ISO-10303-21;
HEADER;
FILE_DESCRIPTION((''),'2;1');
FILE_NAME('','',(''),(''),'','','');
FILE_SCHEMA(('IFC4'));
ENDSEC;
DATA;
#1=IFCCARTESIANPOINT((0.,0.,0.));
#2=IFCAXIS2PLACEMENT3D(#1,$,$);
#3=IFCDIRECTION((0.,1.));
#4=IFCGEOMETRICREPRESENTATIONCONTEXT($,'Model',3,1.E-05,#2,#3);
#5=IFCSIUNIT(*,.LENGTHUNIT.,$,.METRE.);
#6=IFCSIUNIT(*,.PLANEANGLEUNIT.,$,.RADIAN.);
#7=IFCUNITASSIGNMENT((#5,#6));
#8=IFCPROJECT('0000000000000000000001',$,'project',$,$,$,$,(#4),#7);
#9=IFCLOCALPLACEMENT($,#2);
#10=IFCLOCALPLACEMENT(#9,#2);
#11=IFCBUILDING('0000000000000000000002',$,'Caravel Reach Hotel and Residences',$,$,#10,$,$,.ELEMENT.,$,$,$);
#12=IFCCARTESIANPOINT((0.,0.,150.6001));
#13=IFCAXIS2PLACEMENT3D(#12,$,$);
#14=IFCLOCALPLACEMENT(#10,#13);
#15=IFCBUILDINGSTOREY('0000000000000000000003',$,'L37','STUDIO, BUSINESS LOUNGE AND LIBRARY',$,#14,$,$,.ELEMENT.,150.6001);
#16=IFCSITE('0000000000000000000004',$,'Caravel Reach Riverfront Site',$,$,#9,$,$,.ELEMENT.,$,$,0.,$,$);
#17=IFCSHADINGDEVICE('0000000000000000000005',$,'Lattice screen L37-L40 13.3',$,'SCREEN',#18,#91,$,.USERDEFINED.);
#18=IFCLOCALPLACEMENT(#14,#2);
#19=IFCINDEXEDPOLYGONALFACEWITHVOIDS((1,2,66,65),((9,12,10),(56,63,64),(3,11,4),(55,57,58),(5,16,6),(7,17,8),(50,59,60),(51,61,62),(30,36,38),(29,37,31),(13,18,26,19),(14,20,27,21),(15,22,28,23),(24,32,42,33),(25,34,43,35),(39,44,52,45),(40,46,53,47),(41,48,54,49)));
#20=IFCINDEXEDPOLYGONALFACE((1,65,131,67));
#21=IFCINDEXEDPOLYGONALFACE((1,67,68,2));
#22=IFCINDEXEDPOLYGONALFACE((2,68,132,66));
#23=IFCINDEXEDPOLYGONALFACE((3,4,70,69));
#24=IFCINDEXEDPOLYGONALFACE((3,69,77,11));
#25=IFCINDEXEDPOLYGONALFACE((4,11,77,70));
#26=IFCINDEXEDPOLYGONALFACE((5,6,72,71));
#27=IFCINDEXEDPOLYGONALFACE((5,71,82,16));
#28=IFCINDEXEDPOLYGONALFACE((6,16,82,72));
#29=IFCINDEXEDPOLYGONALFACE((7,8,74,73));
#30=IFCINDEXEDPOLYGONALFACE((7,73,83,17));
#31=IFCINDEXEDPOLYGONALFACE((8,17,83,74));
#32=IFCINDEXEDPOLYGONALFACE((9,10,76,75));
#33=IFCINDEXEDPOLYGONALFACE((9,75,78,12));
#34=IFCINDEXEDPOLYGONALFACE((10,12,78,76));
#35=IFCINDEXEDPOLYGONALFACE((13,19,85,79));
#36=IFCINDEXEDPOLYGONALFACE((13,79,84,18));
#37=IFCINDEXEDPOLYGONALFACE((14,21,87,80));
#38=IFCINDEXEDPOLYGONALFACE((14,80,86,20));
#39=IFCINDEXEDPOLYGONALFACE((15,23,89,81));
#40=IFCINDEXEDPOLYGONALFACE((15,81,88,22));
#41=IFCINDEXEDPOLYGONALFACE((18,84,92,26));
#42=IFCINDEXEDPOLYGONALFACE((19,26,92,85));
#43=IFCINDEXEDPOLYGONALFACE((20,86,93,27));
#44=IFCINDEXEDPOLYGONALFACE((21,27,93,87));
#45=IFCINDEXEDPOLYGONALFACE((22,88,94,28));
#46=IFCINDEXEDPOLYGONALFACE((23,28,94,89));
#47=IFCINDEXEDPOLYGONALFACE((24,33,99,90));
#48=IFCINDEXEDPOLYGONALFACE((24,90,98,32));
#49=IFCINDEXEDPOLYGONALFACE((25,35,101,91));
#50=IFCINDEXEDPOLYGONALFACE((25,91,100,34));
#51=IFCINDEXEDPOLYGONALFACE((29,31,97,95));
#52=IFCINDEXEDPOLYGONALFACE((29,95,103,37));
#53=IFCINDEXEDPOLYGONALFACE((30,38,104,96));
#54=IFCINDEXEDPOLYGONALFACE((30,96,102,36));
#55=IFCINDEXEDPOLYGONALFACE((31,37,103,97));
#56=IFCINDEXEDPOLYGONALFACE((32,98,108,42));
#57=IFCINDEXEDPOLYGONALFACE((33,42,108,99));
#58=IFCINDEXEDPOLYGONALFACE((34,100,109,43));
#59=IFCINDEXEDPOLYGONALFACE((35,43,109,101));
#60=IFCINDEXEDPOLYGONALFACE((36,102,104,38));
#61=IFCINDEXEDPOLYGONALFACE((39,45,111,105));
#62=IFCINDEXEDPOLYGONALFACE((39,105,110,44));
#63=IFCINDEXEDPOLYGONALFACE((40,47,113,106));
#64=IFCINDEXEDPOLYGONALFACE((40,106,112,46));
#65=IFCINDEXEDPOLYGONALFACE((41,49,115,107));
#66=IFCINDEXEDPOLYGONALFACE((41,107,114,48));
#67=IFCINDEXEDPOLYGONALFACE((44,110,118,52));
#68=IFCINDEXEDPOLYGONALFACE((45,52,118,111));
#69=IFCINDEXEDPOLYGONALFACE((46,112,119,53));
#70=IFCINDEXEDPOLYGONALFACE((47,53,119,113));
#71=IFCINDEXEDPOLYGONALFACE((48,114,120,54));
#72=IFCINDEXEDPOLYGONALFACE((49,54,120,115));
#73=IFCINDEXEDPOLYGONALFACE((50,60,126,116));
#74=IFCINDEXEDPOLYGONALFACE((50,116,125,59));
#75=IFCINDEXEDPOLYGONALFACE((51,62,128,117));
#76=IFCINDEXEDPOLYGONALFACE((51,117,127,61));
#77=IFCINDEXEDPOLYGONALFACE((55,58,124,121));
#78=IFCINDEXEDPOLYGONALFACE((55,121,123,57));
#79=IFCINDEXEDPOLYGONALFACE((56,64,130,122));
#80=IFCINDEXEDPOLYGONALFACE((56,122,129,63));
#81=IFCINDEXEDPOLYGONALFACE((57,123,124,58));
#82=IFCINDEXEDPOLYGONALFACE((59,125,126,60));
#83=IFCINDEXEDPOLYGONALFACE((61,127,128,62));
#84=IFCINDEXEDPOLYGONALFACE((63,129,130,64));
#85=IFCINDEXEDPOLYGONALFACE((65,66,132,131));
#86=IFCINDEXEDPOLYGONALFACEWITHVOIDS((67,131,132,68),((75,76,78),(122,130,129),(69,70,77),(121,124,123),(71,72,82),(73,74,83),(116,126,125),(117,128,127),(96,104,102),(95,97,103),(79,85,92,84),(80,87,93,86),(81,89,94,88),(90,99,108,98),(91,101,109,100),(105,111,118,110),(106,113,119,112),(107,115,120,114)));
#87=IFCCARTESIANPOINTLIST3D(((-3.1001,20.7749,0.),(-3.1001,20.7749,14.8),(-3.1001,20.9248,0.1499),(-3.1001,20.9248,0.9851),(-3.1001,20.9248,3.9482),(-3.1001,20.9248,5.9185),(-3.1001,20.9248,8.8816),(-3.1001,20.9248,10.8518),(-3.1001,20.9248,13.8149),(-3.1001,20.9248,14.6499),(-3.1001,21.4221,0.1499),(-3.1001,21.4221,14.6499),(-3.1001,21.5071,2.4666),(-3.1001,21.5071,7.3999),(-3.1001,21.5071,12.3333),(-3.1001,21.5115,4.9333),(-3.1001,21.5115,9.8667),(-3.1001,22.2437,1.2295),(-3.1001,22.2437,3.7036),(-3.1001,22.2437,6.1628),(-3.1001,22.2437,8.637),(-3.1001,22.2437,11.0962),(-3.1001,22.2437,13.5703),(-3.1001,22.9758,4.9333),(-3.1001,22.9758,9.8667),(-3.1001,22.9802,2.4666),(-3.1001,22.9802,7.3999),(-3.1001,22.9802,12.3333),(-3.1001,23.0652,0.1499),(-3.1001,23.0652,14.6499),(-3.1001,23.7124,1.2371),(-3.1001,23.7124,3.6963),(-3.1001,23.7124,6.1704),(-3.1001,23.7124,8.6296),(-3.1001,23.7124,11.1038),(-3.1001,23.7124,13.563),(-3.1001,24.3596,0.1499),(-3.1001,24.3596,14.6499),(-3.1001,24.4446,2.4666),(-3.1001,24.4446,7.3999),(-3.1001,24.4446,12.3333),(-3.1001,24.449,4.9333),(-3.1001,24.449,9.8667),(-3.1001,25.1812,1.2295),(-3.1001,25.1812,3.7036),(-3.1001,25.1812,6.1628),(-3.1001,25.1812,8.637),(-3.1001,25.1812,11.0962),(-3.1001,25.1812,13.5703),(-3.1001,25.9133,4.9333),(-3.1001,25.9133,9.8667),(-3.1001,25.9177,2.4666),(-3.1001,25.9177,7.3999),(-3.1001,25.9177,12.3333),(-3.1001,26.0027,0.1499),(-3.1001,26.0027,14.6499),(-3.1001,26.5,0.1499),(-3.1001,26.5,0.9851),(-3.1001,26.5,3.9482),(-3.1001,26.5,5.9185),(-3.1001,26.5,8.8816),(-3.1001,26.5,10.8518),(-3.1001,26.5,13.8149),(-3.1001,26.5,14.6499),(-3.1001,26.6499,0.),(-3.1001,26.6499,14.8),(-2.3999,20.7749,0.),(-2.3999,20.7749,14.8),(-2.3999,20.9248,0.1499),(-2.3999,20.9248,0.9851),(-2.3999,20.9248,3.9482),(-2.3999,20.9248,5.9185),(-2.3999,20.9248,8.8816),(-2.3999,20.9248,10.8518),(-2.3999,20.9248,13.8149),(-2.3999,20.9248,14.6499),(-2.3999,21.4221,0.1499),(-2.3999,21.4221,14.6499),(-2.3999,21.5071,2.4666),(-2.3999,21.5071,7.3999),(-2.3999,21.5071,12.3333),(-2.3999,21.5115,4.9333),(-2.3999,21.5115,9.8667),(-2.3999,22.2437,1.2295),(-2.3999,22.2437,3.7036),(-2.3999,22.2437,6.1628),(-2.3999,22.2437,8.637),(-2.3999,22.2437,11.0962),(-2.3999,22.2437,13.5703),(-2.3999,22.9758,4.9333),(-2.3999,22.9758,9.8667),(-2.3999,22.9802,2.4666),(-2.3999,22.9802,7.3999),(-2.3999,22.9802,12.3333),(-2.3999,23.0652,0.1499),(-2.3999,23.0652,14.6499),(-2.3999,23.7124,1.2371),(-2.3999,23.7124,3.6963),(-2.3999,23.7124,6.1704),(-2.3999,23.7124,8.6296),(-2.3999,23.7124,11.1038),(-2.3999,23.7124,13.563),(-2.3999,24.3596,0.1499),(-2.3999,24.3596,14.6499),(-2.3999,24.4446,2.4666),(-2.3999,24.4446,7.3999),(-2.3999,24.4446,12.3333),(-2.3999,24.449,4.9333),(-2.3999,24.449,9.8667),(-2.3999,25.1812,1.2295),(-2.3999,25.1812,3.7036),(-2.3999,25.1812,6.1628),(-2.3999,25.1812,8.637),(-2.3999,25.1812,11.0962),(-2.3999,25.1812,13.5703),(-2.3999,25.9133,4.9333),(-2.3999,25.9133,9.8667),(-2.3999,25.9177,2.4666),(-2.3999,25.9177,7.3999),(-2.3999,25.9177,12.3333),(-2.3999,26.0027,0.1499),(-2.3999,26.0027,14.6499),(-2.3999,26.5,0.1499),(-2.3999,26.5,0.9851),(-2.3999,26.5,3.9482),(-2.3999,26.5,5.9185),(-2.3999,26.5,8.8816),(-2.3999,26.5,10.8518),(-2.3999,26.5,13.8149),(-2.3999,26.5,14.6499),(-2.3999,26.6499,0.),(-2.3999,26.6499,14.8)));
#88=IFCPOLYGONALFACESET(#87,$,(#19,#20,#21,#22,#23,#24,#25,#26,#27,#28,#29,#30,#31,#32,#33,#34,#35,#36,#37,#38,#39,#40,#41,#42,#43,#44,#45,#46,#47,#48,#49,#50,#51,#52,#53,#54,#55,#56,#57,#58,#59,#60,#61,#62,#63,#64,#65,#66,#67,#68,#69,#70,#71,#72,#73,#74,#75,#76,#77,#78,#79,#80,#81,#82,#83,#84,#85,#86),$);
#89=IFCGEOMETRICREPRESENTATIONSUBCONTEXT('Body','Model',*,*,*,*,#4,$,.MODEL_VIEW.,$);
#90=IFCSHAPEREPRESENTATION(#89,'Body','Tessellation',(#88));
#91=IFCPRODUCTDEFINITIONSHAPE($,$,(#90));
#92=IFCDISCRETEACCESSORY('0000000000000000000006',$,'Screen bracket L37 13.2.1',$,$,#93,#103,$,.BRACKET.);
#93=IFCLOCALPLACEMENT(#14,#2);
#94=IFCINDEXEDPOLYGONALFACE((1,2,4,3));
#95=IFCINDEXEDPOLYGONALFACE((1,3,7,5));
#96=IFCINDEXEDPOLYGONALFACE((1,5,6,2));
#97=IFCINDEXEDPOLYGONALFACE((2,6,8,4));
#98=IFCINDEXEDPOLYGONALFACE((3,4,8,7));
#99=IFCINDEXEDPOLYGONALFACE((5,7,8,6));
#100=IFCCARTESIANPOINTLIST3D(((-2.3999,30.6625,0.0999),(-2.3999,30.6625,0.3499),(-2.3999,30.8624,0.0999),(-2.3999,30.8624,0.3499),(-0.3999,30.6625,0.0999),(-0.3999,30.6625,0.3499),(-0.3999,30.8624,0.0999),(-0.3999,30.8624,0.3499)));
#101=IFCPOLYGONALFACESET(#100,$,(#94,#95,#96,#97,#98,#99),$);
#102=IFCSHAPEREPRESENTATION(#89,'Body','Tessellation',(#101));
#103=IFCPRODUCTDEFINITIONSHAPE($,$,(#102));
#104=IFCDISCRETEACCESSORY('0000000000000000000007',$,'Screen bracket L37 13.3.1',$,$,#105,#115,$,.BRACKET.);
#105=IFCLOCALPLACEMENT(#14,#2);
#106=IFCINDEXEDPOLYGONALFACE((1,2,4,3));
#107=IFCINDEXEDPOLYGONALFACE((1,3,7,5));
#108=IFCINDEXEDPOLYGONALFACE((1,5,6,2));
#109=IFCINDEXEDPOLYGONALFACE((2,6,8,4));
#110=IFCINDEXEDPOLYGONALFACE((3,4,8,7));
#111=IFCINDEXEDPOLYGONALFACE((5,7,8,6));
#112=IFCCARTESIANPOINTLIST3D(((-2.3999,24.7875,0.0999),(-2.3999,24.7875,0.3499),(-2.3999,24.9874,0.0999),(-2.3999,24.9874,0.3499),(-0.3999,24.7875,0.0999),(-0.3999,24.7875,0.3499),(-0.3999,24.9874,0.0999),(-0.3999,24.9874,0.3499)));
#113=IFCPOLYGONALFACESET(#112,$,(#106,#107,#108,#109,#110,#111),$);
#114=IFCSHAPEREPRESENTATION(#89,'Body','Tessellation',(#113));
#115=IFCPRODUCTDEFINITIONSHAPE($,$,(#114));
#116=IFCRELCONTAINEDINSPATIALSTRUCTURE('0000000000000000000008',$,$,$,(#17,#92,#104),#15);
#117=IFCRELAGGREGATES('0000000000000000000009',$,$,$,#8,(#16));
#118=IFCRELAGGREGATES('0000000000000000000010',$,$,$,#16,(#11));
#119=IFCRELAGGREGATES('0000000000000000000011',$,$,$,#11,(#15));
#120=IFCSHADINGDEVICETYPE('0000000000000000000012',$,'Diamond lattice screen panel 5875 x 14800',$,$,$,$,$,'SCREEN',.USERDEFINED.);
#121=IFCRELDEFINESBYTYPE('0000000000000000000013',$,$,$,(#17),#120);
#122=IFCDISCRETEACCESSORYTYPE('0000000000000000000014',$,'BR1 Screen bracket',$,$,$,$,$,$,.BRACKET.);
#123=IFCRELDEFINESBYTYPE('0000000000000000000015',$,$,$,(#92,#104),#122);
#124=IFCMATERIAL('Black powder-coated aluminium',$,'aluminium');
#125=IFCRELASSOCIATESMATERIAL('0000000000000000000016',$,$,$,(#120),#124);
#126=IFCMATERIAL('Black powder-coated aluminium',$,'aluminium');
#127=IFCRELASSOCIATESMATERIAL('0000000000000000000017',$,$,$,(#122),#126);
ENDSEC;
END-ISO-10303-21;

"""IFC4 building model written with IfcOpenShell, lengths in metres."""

from ifc_helpers import new_model, si_unit, direction, frame, origin, origin_2d, place, context, subcontext, project, spatial, polyline, rectangle, outline, extrude, material, type_object, element, save


model = new_model("IFC4")

# Units and contexts
model_context = context("Model", 3, precision=1e-05, world=origin(), true_north=direction((0.0, 1.0)))
body_context = subcontext(model_context, "Body", "Model", "MODEL_VIEW")
ifc_project = project(units=[si_unit("LENGTHUNIT", "METRE"), si_unit("PLANEANGLEUNIT", "RADIAN")], contexts=[model_context])

# Site, building, storey
site_placement = place(None, origin())
site = spatial("IfcSite", under=ifc_project, at=site_placement, Name="Caravel Reach Riverfront Site", CompositionType="ELEMENT", RefElevation=0.0)
building_placement = place(site_placement, origin())
building = spatial("IfcBuilding", under=site, at=building_placement, Name="Caravel Reach Hotel and Residences", CompositionType="ELEMENT")
storey_placement = place(building_placement, frame((0.0, 0.0, 150.6001)))
storey = spatial("IfcBuildingStorey", under=building, at=storey_placement, Name="L37", Description="STUDIO, BUSINESS LOUNGE AND LIBRARY", CompositionType="ELEMENT", Elevation=150.6001)

# Shading device
ifc_material_1 = material(Name="Black powder-coated aluminium", Category="aluminium")
shading_device_type = type_object("IfcShadingDeviceType", Name="Diamond lattice screen panel 5875 x 14800", ElementType="SCREEN", PredefinedType="USERDEFINED", material=ifc_material_1)
shading_device_placement = place(storey_placement, frame((-2.3999, 26.6499, 0.0), z_axis=(-1.0, 0.0, 0.0), x_axis=(0.0, -1.0, 0.0)))
element("IfcShadingDevice", 1, at=shading_device_placement, inside=storey, type_object=shading_device_type, Name="Lattice screen L37-L40 13.3", ObjectType="SCREEN", PredefinedType="USERDEFINED", context=body_context, shape_type="SweptSolid", body=[
    extrude(outline(polyline([(0.0, 0.0), (5.875, 0.0), (5.875, 14.8), (0.0, 14.8), (0.0, 0.0)]), holes=[polyline([(0.6472, 0.1499), (0.1499, 0.9851), (0.1499, 0.1499), (0.6472, 0.1499)]), polyline([(0.7366, 4.9333), (0.1499, 5.9185), (0.1499, 3.9482), (0.7366, 4.9333)]), polyline([(0.7366, 9.8667), (0.1499, 10.8518), (0.1499, 8.8816), (0.7366, 9.8667)]), polyline([(0.1499, 13.8149), (0.6472, 14.6499), (0.1499, 14.6499), (0.1499, 13.8149)]), polyline([(1.4688, 3.7036), (0.7322, 2.4666), (1.4688, 1.2295), (2.2053, 2.4666), (1.4688, 3.7036)]), polyline([(1.4688, 8.637), (0.7322, 7.3999), (1.4688, 6.1628), (2.2053, 7.3999), (1.4688, 8.637)]), polyline([(1.4688, 13.5703), (0.7322, 12.3333), (1.4688, 11.0962), (2.2053, 12.3333), (1.4688, 13.5703)]), polyline([(2.9375, 1.2371), (2.2903, 0.1499), (3.5847, 0.1499), (2.9375, 1.2371)]), polyline([(2.9375, 6.1704), (2.2009, 4.9333), (2.9375, 3.6963), (3.6741, 4.9333), (2.9375, 6.1704)]), polyline([(2.9375, 11.1038), (2.2009, 9.8667), (2.9375, 8.6296), (3.6741, 9.8667), (2.9375, 11.1038)]), polyline([(2.9375, 13.563), (3.5847, 14.6499), (2.2903, 14.6499), (2.9375, 13.563)]), polyline([(4.4062, 3.7036), (3.6697, 2.4666), (4.4062, 1.2295), (5.1428, 2.4666), (4.4062, 3.7036)]), polyline([(4.4062, 8.637), (3.6697, 7.3999), (4.4062, 6.1628), (5.1428, 7.3999), (4.4062, 8.637)]), polyline([(4.4062, 13.5703), (3.6697, 12.3333), (4.4062, 11.0962), (5.1428, 12.3333), (4.4062, 13.5703)]), polyline([(5.7251, 0.9851), (5.2278, 0.1499), (5.7251, 0.1499), (5.7251, 0.9851)]), polyline([(5.1384, 4.9333), (5.7251, 3.9482), (5.7251, 5.9185), (5.1384, 4.9333)]), polyline([(5.1384, 9.8667), (5.7251, 8.8816), (5.7251, 10.8518), (5.1384, 9.8667)]), polyline([(5.2278, 14.6499), (5.7251, 13.8149), (5.7251, 14.6499), (5.2278, 14.6499)])]), origin(), (0.0, 0.0, 1.0), 0.7002),
])

# Discrete accessories
ifc_material_2 = material(Name="Black powder-coated aluminium", Category="aluminium")
discrete_accessory_type = type_object("IfcDiscreteAccessoryType", Name="BR1 Screen bracket", PredefinedType="BRACKET", material=ifc_material_2)
for number, where, z_axis, x_axis, name in (
    (2, (-1.3999, 30.7625, 0.0999), (0.0, 0.0, 1.0), (-1.0, 0.0, 0.0), "Screen bracket L37 13.2.1"),
    (3, (-1.3999, 24.8875, 0.0999), (0.0, 0.0, 1.0), (-1.0, 0.0, 0.0), "Screen bracket L37 13.3.1"),
):
    element("IfcDiscreteAccessory", number, at=place(storey_placement, frame(where, z_axis=z_axis, x_axis=x_axis)), inside=storey, type_object=discrete_accessory_type, Name=name, PredefinedType="BRACKET", context=body_context, shape_type="SweptSolid", body=[
        extrude(rectangle(XDim=2.0, YDim=0.2, at=origin_2d()), origin(), (0.0, 0.0, 1.0), 0.25),
    ])

save(model, "model.ifc")
